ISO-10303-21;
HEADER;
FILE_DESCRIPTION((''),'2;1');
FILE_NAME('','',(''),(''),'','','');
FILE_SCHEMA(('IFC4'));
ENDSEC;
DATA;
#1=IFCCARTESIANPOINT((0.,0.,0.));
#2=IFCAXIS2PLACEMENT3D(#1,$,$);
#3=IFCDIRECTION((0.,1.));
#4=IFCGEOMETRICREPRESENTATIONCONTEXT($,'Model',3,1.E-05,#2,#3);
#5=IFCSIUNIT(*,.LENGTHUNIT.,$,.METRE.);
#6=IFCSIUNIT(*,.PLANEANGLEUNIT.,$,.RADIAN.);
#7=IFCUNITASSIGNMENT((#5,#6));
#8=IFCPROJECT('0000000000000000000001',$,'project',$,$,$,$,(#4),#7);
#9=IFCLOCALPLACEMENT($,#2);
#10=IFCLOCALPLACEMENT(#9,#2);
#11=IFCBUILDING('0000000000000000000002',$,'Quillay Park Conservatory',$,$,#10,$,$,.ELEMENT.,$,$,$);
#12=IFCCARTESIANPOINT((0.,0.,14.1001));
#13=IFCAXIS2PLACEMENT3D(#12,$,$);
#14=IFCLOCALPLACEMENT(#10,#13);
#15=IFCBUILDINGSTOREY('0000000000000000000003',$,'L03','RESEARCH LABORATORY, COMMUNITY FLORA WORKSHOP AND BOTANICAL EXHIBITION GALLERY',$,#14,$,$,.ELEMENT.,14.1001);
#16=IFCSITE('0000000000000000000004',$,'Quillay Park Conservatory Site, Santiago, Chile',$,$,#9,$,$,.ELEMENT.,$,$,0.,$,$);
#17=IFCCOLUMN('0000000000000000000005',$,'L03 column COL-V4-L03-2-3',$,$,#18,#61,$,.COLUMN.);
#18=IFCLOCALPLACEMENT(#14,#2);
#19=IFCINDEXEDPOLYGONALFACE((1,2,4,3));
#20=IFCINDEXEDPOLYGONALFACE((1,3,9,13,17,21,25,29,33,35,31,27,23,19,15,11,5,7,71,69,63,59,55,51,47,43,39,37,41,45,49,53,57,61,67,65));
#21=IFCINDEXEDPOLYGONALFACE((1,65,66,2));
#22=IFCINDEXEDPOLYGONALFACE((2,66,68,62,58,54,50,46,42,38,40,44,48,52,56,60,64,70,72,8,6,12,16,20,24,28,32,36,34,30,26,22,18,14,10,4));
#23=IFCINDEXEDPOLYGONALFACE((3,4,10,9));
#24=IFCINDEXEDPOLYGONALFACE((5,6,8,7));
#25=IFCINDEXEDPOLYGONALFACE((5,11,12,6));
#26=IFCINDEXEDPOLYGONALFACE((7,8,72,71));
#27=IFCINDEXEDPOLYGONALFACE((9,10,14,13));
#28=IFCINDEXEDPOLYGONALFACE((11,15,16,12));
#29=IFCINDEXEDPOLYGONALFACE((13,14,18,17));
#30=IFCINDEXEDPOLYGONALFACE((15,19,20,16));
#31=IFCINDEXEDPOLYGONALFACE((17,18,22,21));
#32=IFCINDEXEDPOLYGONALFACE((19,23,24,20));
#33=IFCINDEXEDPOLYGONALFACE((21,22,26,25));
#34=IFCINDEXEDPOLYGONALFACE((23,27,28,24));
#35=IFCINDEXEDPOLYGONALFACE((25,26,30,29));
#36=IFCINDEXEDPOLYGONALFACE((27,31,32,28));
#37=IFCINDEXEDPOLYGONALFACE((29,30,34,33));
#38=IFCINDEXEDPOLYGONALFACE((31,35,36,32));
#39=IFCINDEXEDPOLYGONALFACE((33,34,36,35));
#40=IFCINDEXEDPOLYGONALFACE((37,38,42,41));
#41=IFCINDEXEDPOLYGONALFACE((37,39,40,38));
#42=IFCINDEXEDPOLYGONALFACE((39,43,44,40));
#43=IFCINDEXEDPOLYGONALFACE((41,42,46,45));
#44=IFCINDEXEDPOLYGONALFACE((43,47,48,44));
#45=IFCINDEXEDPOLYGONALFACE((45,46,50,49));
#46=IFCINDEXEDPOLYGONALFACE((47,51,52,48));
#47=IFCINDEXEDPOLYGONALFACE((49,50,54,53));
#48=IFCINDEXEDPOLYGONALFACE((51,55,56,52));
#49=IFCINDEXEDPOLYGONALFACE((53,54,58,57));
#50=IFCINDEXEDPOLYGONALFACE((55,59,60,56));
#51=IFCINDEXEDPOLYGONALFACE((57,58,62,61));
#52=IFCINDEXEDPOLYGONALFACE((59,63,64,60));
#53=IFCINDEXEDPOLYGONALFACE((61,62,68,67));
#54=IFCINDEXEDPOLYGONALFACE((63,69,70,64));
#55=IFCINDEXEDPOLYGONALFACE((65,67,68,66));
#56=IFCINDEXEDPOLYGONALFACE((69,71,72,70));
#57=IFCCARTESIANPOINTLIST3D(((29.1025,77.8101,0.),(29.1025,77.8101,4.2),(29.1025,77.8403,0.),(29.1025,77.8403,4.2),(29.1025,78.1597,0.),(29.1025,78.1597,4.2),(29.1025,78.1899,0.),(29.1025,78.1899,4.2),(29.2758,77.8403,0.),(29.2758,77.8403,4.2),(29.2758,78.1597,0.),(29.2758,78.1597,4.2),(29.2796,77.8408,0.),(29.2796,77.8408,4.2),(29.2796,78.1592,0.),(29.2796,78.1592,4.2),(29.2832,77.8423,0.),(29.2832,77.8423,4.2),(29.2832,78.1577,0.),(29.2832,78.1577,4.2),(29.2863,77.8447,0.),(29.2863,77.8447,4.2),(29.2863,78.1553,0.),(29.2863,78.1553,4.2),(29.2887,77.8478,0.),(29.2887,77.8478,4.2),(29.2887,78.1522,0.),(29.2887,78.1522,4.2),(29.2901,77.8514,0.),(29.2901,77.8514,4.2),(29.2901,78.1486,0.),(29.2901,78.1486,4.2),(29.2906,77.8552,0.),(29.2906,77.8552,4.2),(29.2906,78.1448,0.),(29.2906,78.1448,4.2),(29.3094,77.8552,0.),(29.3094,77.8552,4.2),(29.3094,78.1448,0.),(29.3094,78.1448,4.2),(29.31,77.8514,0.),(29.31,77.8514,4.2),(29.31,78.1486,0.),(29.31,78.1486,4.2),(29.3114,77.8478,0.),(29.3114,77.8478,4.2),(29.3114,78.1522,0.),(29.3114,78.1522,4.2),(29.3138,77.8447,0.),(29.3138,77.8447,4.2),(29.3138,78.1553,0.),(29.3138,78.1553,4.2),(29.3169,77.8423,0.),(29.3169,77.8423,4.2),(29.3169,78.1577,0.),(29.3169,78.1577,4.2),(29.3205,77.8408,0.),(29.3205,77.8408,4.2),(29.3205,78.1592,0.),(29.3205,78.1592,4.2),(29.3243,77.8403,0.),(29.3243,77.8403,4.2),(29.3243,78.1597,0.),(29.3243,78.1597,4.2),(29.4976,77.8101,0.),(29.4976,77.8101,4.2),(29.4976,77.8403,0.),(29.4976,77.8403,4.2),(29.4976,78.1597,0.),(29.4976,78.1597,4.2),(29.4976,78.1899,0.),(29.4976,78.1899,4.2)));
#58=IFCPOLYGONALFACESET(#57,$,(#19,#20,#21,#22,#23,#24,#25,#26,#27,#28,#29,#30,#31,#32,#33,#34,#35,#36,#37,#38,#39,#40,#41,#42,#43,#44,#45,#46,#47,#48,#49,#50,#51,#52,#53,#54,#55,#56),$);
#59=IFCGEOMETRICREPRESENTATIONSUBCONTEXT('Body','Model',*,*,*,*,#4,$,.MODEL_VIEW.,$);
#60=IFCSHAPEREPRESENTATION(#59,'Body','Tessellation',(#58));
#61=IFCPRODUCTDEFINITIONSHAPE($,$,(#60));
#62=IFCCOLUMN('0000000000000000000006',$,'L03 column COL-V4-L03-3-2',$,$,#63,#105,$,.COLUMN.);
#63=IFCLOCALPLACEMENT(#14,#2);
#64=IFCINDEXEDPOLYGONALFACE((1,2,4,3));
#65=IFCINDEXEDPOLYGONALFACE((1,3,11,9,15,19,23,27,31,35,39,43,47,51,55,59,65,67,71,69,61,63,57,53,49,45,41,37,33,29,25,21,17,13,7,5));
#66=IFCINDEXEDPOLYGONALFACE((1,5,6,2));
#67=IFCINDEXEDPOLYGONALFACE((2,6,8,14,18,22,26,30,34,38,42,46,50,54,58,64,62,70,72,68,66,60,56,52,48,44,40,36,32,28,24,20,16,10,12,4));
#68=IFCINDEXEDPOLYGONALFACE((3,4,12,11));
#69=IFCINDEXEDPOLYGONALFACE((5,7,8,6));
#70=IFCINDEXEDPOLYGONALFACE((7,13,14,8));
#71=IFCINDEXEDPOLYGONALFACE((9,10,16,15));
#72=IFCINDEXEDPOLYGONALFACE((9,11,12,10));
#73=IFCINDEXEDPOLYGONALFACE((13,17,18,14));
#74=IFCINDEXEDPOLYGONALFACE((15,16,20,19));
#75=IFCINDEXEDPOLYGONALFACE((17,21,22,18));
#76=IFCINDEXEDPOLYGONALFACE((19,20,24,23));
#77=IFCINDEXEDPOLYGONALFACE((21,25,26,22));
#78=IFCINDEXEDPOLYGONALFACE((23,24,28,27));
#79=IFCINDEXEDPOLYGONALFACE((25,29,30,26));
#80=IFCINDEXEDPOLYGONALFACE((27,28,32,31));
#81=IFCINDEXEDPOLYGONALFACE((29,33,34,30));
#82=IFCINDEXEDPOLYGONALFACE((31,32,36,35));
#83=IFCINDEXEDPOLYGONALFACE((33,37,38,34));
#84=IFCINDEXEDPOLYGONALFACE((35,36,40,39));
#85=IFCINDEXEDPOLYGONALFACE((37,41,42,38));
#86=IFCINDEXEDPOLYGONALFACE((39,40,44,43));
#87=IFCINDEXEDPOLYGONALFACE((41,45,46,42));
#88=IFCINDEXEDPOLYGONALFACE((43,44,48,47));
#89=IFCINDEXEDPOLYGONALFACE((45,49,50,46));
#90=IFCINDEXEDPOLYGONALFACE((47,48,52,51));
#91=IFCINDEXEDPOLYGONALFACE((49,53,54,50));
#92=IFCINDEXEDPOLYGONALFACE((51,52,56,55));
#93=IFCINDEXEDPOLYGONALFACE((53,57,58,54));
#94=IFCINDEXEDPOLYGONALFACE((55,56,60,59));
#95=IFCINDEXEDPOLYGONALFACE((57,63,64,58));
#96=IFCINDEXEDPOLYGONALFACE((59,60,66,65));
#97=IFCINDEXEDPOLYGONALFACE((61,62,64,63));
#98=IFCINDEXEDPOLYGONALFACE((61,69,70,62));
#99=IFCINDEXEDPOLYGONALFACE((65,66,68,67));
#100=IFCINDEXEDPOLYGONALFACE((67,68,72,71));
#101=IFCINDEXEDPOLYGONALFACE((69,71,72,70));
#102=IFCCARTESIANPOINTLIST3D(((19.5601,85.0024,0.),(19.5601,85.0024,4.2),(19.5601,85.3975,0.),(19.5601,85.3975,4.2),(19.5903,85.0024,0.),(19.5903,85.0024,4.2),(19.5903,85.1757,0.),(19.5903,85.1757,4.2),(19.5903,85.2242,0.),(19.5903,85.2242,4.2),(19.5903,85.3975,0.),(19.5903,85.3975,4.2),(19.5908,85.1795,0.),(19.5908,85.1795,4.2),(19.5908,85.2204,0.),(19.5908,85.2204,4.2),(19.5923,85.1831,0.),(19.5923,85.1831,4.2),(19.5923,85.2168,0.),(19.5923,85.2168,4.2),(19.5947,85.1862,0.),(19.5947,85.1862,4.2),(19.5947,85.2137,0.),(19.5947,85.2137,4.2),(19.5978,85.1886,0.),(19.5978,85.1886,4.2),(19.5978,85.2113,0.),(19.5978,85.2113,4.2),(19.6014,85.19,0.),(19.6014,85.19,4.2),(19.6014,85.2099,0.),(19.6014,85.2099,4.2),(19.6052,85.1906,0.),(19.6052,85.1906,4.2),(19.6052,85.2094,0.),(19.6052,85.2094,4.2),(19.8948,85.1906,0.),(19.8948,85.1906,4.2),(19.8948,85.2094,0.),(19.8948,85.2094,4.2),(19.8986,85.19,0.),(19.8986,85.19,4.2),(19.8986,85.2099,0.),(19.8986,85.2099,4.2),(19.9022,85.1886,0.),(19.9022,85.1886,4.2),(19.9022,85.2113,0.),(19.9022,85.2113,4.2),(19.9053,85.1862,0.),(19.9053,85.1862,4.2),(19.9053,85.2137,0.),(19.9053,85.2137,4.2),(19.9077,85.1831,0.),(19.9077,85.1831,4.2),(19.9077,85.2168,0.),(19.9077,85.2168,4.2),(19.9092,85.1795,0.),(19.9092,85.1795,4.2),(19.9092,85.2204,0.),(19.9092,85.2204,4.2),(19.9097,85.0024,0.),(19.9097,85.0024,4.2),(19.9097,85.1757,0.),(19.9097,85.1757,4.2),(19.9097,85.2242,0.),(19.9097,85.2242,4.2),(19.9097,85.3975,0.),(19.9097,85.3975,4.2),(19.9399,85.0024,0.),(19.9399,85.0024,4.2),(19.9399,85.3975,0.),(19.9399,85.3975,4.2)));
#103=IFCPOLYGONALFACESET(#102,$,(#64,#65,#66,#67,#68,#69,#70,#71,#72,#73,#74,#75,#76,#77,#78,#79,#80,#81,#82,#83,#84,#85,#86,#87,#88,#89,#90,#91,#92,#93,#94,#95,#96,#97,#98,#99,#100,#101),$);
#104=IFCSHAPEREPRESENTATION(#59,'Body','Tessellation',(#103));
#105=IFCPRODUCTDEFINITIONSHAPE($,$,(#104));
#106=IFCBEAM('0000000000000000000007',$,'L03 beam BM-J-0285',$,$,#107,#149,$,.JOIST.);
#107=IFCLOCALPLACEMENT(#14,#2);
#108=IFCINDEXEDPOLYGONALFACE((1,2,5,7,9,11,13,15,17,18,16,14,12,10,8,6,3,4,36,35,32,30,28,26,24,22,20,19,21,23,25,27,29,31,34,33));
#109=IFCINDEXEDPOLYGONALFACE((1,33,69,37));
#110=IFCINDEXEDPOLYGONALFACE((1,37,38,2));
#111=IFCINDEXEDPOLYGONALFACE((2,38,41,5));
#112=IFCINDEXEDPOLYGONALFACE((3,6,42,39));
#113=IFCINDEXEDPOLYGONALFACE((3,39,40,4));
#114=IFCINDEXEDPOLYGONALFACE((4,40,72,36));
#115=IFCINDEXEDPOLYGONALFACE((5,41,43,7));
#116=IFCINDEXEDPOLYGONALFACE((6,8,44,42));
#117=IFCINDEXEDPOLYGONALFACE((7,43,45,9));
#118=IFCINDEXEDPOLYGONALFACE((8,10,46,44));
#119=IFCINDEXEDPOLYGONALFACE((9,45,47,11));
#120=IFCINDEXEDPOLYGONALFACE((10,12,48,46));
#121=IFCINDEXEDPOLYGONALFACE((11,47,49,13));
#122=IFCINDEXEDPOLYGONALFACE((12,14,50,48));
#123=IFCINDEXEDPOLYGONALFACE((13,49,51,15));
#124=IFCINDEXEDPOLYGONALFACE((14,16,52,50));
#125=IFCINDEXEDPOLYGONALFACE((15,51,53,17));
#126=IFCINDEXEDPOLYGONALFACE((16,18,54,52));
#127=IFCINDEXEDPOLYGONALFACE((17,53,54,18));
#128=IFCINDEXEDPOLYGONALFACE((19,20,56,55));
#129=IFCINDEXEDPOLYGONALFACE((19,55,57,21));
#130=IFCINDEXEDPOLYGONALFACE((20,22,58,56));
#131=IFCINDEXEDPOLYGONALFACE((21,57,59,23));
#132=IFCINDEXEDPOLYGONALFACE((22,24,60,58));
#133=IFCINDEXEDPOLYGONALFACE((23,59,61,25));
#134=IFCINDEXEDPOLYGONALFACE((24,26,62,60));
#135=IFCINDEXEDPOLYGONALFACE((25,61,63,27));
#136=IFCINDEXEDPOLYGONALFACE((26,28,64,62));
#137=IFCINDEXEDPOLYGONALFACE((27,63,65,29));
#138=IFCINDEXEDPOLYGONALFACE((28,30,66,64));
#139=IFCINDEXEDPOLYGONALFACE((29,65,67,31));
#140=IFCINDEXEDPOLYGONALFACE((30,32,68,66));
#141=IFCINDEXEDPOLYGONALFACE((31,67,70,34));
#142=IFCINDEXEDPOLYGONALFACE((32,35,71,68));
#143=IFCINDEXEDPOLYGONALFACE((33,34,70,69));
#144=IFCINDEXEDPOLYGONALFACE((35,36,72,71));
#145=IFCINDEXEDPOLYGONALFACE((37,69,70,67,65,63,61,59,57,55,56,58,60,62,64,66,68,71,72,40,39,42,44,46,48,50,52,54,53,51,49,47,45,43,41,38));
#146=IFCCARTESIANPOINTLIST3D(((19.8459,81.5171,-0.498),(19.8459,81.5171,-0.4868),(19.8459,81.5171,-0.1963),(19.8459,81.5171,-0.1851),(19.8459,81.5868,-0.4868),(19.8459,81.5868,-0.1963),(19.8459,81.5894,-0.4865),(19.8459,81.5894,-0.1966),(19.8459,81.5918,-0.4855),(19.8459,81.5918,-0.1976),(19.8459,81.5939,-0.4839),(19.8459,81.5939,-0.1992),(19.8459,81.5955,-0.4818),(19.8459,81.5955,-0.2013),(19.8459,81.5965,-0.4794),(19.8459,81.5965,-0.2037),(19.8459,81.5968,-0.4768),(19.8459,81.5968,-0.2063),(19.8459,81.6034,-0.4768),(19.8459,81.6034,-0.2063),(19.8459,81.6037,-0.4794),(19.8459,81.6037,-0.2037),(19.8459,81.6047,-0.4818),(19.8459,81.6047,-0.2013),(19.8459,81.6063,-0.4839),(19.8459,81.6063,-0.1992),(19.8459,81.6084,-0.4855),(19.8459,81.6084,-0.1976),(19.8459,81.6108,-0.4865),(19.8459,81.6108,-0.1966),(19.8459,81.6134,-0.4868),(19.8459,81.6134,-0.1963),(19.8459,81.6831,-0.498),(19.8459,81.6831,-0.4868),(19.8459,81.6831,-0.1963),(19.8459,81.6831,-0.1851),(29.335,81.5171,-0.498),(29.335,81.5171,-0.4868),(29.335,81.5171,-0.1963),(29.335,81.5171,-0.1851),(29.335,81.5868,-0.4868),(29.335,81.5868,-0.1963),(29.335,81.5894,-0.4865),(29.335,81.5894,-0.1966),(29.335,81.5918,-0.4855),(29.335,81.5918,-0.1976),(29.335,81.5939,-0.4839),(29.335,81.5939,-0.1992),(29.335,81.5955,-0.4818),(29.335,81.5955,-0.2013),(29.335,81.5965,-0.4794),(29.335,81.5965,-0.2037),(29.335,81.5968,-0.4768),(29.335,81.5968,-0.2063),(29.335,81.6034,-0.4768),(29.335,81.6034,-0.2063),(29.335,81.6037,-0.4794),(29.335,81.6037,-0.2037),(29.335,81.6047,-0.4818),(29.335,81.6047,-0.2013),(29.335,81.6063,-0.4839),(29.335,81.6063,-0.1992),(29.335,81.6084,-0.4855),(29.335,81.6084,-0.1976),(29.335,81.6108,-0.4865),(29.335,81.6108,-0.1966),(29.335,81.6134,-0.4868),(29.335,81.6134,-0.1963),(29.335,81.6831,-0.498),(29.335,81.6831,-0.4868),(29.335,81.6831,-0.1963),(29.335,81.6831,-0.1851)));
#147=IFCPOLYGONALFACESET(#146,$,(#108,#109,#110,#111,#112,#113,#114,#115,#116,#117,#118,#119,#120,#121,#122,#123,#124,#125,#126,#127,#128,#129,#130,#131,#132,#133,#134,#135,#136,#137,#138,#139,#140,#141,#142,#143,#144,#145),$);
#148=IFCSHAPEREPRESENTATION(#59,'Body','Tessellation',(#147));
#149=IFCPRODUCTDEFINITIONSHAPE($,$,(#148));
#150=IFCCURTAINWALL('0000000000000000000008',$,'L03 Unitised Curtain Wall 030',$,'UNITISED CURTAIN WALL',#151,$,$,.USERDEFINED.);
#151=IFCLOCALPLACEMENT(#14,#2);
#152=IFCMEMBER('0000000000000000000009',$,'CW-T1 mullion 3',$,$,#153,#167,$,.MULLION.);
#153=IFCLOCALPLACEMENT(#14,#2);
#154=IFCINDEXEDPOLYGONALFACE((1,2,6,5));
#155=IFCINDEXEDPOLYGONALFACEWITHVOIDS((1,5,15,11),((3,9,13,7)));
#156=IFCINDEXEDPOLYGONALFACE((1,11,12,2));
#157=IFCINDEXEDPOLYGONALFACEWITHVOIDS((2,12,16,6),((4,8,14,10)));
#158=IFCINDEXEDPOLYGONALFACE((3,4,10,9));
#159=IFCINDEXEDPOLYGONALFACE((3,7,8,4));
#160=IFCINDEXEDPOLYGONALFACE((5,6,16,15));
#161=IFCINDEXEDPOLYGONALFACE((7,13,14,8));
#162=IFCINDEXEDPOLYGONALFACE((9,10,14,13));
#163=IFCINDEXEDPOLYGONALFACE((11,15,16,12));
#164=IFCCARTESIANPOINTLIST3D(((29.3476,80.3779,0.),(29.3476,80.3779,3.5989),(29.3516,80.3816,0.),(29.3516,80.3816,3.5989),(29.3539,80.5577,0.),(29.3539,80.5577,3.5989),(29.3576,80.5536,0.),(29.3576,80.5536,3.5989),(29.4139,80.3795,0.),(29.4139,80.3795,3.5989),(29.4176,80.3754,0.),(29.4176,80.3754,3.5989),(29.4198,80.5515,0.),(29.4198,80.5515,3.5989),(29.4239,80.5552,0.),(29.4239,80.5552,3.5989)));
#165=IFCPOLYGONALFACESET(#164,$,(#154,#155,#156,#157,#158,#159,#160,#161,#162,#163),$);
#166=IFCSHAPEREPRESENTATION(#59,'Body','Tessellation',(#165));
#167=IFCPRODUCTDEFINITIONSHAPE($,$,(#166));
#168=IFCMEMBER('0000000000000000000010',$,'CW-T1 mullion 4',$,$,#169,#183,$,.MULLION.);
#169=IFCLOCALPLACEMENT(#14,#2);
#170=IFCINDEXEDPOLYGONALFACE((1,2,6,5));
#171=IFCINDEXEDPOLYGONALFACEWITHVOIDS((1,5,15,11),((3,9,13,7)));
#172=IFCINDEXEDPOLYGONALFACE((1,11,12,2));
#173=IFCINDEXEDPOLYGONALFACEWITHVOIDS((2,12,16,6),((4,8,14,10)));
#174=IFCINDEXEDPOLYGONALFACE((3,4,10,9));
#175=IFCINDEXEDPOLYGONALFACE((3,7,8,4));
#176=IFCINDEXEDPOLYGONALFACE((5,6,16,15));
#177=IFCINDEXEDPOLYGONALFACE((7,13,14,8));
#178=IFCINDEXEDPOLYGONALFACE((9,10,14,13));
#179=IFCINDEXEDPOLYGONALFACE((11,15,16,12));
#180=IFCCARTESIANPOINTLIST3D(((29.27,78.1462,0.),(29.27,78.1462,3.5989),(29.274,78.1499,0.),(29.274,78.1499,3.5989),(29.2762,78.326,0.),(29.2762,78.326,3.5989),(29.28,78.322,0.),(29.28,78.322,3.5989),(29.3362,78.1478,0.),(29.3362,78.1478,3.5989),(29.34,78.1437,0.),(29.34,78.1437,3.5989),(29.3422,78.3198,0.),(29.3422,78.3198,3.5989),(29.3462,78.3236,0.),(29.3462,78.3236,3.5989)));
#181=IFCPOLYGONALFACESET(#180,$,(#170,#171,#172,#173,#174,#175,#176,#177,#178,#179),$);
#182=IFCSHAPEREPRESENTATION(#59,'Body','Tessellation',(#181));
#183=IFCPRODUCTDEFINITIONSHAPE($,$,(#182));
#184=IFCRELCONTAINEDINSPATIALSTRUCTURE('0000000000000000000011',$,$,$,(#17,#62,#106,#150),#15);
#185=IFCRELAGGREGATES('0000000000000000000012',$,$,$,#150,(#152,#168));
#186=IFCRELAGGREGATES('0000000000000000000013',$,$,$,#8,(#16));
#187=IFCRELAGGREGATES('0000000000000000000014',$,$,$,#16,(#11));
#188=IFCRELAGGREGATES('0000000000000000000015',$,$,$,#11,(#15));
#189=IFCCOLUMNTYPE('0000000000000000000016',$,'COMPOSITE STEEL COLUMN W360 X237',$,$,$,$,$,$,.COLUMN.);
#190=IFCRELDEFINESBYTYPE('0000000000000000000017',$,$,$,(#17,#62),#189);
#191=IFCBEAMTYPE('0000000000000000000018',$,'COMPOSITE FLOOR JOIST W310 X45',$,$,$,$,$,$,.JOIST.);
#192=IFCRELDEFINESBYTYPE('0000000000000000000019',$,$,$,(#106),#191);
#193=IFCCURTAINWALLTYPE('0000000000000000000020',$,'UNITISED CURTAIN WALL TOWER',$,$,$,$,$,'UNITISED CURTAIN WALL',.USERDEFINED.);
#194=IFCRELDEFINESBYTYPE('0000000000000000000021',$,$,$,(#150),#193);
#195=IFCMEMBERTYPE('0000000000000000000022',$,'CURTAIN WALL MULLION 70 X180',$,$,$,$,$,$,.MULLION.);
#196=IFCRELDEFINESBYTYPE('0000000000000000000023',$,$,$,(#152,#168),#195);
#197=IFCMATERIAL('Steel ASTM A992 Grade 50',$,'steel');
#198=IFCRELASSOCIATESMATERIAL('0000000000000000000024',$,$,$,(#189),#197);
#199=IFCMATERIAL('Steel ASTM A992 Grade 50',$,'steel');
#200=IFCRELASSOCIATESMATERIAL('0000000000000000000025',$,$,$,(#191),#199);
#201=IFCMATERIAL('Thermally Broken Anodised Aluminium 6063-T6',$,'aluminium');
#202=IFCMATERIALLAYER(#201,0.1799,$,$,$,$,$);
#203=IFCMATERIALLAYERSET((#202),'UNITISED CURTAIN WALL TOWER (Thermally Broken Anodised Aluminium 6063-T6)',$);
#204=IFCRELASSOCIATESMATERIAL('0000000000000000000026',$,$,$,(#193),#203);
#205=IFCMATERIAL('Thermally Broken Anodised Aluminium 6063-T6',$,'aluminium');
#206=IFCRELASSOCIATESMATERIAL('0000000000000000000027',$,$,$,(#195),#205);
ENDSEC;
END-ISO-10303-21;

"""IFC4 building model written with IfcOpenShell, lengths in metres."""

from ifc_helpers import new_model, si_unit, direction, frame, origin, origin_2d, place, context, subcontext, project, spatial, hollow_rectangle, i_section, extrude, material, layer, layer_set, material_profile, profile_set, type_object, element, aggregate, save


model = new_model("IFC4")

# Units and contexts
model_context = context("Model", 3, precision=1e-05, world=origin(), true_north=direction((0.0, 1.0)))
body_context = subcontext(model_context, "Body", "Model", "MODEL_VIEW")
ifc_project = project(units=[si_unit("LENGTHUNIT", "METRE"), si_unit("PLANEANGLEUNIT", "RADIAN")], contexts=[model_context])

# Site, building, storey
site_placement = place(None, origin())
site = spatial("IfcSite", under=ifc_project, at=site_placement, Name="Quillay Park Conservatory Site, Santiago, Chile", CompositionType="ELEMENT", RefElevation=0.0)
building_placement = place(site_placement, origin())
building = spatial("IfcBuilding", under=site, at=building_placement, Name="Quillay Park Conservatory", CompositionType="ELEMENT")
storey_placement = place(building_placement, frame((0.0, 0.0, 14.1001)))
storey = spatial("IfcBuildingStorey", under=building, at=storey_placement, Name="L03", Description="RESEARCH LABORATORY, COMMUNITY FLORA WORKSHOP AND BOTANICAL EXHIBITION GALLERY", CompositionType="ELEMENT", Elevation=14.1001)

# Columns
ifc_material_1 = material(Name="Steel ASTM A992 Grade 50", Category="steel")
ifc_material_profile_1 = material_profile(ifc_material_1, i_section(OverallWidth=0.395, OverallDepth=0.3799, WebThickness=0.0188, FlangeThickness=0.0303, FilletRadius=0.0149, at=origin_2d()), Name="W360x237")
ifc_profile_set_1 = profile_set([ifc_material_profile_1], Name="Steel ASTM A992 Grade 50")
column_type = type_object("IfcColumnType", Name="COMPOSITE STEEL COLUMN W360 X237", PredefinedType="COLUMN", material=ifc_profile_set_1)
for number, where, z_axis, x_axis, name in (
    (1, (29.3, 78.0, 0.0), (0.0, 0.0, 1.0), (1.0, 0.0, 0.0), "L03 column COL-V4-L03-2-3"),
    (2, (19.75, 85.2, 0.0), (0.0, 0.0, 1.0), (0.0, 1.0, 0.0), "L03 column COL-V4-L03-3-2"),
):
    element("IfcColumn", number, at=place(storey_placement, frame(where, z_axis=z_axis, x_axis=x_axis)), inside=storey, type_object=column_type, Name=name, PredefinedType="COLUMN", context=body_context, shape_type="SweptSolid", body=[
        extrude(i_section(OverallWidth=0.395, OverallDepth=0.3799, WebThickness=0.0188, FlangeThickness=0.0303, FilletRadius=0.0149, at=origin_2d()), origin(), (0.0, 0.0, 1.0), 4.2),
    ])

# Beam
ifc_material_2 = material(Name="Steel ASTM A992 Grade 50", Category="steel")
ifc_material_profile_2 = material_profile(ifc_material_2, i_section(OverallWidth=0.166, OverallDepth=0.313, WebThickness=0.0066, FlangeThickness=0.0112, FilletRadius=0.01, at=origin_2d()), Name="W310x45")
ifc_profile_set_2 = profile_set([ifc_material_profile_2], Name="Steel ASTM A992 Grade 50")
beam_type_1 = type_object("IfcBeamType", Name="COMPOSITE FLOOR JOIST W310 X45", PredefinedType="JOIST", material=ifc_profile_set_2)
beam_1_placement = place(storey_placement, frame((19.8459, 81.6001, -0.3416), z_axis=(1.0, 0.0, 0.0), x_axis=(0.0, 1.0, 0.0)))
element("IfcBeam", 3, at=beam_1_placement, inside=storey, type_object=beam_type_1, Name="L03 beam BM-J-0285", PredefinedType="JOIST", context=body_context, shape_type="SweptSolid", body=[
    extrude(i_section(OverallWidth=0.166, OverallDepth=0.313, WebThickness=0.0066, FlangeThickness=0.0112, FilletRadius=0.01, at=origin_2d()), origin(), (0.0, 0.0, 1.0), 9.489),
])

# Curtain wall, members
ifc_material_3 = material(Name="Thermally Broken Anodised Aluminium 6063-T6", Category="aluminium")
ifc_layer_1 = layer(ifc_material_3, 0.1799)
ifc_layer_set_1 = layer_set([ifc_layer_1], Name="UNITISED CURTAIN WALL TOWER (Thermally Broken Anodised Aluminium 6063-T6)")
curtain_wall_type = type_object("IfcCurtainWallType", Name="UNITISED CURTAIN WALL TOWER", ElementType="UNITISED CURTAIN WALL", PredefinedType="USERDEFINED", material=ifc_layer_set_1)
curtain_wall_placement = place(storey_placement, origin())
curtain_wall = element("IfcCurtainWall", 4, at=curtain_wall_placement, inside=storey, type_object=curtain_wall_type, Name="L03 Unitised Curtain Wall 030", ObjectType="UNITISED CURTAIN WALL", PredefinedType="USERDEFINED")
ifc_material_4 = material(Name="Thermally Broken Anodised Aluminium 6063-T6", Category="aluminium")
ifc_material_profile_3 = material_profile(ifc_material_4, hollow_rectangle(XDim=0.0701, YDim=0.1799, WallThickness=0.0039, at=origin_2d()), Name="AL70x180x4")
ifc_profile_set_3 = profile_set([ifc_material_profile_3], Name="Thermally Broken Anodised Aluminium 6063-T6")
member_type_1 = type_object("IfcMemberType", Name="CURTAIN WALL MULLION 70 X180", PredefinedType="MULLION", material=ifc_profile_set_3)
member_1_placement = place(storey_placement, frame((29.3857, 80.4666, 0.0), z_axis=(0.0, 0.0, 1.0), x_axis=(0.999397, -0.034713, 0.0)))
member_1 = element("IfcMember", 5, at=member_1_placement, type_object=member_type_1, Name="CW-T1 mullion 3", PredefinedType="MULLION", context=body_context, shape_type="SweptSolid", body=[
    extrude(hollow_rectangle(XDim=0.0701, YDim=0.1799, WallThickness=0.0039, at=origin_2d()), origin(), (0.0, 0.0, 1.0), 3.5989),
])
member_2_placement = place(storey_placement, frame((29.3081, 78.2349, 0.0), z_axis=(0.0, 0.0, 1.0), x_axis=(0.999397, -0.034713, 0.0)))
member_2 = element("IfcMember", 6, at=member_2_placement, type_object=member_type_1, Name="CW-T1 mullion 4", PredefinedType="MULLION", context=body_context, shape_type="SweptSolid", body=[
    extrude(hollow_rectangle(XDim=0.0701, YDim=0.1799, WallThickness=0.0039, at=origin_2d()), origin(), (0.0, 0.0, 1.0), 3.5989),
])

aggregate(curtain_wall, [member_1, member_2])

save(model, "model.ifc")
